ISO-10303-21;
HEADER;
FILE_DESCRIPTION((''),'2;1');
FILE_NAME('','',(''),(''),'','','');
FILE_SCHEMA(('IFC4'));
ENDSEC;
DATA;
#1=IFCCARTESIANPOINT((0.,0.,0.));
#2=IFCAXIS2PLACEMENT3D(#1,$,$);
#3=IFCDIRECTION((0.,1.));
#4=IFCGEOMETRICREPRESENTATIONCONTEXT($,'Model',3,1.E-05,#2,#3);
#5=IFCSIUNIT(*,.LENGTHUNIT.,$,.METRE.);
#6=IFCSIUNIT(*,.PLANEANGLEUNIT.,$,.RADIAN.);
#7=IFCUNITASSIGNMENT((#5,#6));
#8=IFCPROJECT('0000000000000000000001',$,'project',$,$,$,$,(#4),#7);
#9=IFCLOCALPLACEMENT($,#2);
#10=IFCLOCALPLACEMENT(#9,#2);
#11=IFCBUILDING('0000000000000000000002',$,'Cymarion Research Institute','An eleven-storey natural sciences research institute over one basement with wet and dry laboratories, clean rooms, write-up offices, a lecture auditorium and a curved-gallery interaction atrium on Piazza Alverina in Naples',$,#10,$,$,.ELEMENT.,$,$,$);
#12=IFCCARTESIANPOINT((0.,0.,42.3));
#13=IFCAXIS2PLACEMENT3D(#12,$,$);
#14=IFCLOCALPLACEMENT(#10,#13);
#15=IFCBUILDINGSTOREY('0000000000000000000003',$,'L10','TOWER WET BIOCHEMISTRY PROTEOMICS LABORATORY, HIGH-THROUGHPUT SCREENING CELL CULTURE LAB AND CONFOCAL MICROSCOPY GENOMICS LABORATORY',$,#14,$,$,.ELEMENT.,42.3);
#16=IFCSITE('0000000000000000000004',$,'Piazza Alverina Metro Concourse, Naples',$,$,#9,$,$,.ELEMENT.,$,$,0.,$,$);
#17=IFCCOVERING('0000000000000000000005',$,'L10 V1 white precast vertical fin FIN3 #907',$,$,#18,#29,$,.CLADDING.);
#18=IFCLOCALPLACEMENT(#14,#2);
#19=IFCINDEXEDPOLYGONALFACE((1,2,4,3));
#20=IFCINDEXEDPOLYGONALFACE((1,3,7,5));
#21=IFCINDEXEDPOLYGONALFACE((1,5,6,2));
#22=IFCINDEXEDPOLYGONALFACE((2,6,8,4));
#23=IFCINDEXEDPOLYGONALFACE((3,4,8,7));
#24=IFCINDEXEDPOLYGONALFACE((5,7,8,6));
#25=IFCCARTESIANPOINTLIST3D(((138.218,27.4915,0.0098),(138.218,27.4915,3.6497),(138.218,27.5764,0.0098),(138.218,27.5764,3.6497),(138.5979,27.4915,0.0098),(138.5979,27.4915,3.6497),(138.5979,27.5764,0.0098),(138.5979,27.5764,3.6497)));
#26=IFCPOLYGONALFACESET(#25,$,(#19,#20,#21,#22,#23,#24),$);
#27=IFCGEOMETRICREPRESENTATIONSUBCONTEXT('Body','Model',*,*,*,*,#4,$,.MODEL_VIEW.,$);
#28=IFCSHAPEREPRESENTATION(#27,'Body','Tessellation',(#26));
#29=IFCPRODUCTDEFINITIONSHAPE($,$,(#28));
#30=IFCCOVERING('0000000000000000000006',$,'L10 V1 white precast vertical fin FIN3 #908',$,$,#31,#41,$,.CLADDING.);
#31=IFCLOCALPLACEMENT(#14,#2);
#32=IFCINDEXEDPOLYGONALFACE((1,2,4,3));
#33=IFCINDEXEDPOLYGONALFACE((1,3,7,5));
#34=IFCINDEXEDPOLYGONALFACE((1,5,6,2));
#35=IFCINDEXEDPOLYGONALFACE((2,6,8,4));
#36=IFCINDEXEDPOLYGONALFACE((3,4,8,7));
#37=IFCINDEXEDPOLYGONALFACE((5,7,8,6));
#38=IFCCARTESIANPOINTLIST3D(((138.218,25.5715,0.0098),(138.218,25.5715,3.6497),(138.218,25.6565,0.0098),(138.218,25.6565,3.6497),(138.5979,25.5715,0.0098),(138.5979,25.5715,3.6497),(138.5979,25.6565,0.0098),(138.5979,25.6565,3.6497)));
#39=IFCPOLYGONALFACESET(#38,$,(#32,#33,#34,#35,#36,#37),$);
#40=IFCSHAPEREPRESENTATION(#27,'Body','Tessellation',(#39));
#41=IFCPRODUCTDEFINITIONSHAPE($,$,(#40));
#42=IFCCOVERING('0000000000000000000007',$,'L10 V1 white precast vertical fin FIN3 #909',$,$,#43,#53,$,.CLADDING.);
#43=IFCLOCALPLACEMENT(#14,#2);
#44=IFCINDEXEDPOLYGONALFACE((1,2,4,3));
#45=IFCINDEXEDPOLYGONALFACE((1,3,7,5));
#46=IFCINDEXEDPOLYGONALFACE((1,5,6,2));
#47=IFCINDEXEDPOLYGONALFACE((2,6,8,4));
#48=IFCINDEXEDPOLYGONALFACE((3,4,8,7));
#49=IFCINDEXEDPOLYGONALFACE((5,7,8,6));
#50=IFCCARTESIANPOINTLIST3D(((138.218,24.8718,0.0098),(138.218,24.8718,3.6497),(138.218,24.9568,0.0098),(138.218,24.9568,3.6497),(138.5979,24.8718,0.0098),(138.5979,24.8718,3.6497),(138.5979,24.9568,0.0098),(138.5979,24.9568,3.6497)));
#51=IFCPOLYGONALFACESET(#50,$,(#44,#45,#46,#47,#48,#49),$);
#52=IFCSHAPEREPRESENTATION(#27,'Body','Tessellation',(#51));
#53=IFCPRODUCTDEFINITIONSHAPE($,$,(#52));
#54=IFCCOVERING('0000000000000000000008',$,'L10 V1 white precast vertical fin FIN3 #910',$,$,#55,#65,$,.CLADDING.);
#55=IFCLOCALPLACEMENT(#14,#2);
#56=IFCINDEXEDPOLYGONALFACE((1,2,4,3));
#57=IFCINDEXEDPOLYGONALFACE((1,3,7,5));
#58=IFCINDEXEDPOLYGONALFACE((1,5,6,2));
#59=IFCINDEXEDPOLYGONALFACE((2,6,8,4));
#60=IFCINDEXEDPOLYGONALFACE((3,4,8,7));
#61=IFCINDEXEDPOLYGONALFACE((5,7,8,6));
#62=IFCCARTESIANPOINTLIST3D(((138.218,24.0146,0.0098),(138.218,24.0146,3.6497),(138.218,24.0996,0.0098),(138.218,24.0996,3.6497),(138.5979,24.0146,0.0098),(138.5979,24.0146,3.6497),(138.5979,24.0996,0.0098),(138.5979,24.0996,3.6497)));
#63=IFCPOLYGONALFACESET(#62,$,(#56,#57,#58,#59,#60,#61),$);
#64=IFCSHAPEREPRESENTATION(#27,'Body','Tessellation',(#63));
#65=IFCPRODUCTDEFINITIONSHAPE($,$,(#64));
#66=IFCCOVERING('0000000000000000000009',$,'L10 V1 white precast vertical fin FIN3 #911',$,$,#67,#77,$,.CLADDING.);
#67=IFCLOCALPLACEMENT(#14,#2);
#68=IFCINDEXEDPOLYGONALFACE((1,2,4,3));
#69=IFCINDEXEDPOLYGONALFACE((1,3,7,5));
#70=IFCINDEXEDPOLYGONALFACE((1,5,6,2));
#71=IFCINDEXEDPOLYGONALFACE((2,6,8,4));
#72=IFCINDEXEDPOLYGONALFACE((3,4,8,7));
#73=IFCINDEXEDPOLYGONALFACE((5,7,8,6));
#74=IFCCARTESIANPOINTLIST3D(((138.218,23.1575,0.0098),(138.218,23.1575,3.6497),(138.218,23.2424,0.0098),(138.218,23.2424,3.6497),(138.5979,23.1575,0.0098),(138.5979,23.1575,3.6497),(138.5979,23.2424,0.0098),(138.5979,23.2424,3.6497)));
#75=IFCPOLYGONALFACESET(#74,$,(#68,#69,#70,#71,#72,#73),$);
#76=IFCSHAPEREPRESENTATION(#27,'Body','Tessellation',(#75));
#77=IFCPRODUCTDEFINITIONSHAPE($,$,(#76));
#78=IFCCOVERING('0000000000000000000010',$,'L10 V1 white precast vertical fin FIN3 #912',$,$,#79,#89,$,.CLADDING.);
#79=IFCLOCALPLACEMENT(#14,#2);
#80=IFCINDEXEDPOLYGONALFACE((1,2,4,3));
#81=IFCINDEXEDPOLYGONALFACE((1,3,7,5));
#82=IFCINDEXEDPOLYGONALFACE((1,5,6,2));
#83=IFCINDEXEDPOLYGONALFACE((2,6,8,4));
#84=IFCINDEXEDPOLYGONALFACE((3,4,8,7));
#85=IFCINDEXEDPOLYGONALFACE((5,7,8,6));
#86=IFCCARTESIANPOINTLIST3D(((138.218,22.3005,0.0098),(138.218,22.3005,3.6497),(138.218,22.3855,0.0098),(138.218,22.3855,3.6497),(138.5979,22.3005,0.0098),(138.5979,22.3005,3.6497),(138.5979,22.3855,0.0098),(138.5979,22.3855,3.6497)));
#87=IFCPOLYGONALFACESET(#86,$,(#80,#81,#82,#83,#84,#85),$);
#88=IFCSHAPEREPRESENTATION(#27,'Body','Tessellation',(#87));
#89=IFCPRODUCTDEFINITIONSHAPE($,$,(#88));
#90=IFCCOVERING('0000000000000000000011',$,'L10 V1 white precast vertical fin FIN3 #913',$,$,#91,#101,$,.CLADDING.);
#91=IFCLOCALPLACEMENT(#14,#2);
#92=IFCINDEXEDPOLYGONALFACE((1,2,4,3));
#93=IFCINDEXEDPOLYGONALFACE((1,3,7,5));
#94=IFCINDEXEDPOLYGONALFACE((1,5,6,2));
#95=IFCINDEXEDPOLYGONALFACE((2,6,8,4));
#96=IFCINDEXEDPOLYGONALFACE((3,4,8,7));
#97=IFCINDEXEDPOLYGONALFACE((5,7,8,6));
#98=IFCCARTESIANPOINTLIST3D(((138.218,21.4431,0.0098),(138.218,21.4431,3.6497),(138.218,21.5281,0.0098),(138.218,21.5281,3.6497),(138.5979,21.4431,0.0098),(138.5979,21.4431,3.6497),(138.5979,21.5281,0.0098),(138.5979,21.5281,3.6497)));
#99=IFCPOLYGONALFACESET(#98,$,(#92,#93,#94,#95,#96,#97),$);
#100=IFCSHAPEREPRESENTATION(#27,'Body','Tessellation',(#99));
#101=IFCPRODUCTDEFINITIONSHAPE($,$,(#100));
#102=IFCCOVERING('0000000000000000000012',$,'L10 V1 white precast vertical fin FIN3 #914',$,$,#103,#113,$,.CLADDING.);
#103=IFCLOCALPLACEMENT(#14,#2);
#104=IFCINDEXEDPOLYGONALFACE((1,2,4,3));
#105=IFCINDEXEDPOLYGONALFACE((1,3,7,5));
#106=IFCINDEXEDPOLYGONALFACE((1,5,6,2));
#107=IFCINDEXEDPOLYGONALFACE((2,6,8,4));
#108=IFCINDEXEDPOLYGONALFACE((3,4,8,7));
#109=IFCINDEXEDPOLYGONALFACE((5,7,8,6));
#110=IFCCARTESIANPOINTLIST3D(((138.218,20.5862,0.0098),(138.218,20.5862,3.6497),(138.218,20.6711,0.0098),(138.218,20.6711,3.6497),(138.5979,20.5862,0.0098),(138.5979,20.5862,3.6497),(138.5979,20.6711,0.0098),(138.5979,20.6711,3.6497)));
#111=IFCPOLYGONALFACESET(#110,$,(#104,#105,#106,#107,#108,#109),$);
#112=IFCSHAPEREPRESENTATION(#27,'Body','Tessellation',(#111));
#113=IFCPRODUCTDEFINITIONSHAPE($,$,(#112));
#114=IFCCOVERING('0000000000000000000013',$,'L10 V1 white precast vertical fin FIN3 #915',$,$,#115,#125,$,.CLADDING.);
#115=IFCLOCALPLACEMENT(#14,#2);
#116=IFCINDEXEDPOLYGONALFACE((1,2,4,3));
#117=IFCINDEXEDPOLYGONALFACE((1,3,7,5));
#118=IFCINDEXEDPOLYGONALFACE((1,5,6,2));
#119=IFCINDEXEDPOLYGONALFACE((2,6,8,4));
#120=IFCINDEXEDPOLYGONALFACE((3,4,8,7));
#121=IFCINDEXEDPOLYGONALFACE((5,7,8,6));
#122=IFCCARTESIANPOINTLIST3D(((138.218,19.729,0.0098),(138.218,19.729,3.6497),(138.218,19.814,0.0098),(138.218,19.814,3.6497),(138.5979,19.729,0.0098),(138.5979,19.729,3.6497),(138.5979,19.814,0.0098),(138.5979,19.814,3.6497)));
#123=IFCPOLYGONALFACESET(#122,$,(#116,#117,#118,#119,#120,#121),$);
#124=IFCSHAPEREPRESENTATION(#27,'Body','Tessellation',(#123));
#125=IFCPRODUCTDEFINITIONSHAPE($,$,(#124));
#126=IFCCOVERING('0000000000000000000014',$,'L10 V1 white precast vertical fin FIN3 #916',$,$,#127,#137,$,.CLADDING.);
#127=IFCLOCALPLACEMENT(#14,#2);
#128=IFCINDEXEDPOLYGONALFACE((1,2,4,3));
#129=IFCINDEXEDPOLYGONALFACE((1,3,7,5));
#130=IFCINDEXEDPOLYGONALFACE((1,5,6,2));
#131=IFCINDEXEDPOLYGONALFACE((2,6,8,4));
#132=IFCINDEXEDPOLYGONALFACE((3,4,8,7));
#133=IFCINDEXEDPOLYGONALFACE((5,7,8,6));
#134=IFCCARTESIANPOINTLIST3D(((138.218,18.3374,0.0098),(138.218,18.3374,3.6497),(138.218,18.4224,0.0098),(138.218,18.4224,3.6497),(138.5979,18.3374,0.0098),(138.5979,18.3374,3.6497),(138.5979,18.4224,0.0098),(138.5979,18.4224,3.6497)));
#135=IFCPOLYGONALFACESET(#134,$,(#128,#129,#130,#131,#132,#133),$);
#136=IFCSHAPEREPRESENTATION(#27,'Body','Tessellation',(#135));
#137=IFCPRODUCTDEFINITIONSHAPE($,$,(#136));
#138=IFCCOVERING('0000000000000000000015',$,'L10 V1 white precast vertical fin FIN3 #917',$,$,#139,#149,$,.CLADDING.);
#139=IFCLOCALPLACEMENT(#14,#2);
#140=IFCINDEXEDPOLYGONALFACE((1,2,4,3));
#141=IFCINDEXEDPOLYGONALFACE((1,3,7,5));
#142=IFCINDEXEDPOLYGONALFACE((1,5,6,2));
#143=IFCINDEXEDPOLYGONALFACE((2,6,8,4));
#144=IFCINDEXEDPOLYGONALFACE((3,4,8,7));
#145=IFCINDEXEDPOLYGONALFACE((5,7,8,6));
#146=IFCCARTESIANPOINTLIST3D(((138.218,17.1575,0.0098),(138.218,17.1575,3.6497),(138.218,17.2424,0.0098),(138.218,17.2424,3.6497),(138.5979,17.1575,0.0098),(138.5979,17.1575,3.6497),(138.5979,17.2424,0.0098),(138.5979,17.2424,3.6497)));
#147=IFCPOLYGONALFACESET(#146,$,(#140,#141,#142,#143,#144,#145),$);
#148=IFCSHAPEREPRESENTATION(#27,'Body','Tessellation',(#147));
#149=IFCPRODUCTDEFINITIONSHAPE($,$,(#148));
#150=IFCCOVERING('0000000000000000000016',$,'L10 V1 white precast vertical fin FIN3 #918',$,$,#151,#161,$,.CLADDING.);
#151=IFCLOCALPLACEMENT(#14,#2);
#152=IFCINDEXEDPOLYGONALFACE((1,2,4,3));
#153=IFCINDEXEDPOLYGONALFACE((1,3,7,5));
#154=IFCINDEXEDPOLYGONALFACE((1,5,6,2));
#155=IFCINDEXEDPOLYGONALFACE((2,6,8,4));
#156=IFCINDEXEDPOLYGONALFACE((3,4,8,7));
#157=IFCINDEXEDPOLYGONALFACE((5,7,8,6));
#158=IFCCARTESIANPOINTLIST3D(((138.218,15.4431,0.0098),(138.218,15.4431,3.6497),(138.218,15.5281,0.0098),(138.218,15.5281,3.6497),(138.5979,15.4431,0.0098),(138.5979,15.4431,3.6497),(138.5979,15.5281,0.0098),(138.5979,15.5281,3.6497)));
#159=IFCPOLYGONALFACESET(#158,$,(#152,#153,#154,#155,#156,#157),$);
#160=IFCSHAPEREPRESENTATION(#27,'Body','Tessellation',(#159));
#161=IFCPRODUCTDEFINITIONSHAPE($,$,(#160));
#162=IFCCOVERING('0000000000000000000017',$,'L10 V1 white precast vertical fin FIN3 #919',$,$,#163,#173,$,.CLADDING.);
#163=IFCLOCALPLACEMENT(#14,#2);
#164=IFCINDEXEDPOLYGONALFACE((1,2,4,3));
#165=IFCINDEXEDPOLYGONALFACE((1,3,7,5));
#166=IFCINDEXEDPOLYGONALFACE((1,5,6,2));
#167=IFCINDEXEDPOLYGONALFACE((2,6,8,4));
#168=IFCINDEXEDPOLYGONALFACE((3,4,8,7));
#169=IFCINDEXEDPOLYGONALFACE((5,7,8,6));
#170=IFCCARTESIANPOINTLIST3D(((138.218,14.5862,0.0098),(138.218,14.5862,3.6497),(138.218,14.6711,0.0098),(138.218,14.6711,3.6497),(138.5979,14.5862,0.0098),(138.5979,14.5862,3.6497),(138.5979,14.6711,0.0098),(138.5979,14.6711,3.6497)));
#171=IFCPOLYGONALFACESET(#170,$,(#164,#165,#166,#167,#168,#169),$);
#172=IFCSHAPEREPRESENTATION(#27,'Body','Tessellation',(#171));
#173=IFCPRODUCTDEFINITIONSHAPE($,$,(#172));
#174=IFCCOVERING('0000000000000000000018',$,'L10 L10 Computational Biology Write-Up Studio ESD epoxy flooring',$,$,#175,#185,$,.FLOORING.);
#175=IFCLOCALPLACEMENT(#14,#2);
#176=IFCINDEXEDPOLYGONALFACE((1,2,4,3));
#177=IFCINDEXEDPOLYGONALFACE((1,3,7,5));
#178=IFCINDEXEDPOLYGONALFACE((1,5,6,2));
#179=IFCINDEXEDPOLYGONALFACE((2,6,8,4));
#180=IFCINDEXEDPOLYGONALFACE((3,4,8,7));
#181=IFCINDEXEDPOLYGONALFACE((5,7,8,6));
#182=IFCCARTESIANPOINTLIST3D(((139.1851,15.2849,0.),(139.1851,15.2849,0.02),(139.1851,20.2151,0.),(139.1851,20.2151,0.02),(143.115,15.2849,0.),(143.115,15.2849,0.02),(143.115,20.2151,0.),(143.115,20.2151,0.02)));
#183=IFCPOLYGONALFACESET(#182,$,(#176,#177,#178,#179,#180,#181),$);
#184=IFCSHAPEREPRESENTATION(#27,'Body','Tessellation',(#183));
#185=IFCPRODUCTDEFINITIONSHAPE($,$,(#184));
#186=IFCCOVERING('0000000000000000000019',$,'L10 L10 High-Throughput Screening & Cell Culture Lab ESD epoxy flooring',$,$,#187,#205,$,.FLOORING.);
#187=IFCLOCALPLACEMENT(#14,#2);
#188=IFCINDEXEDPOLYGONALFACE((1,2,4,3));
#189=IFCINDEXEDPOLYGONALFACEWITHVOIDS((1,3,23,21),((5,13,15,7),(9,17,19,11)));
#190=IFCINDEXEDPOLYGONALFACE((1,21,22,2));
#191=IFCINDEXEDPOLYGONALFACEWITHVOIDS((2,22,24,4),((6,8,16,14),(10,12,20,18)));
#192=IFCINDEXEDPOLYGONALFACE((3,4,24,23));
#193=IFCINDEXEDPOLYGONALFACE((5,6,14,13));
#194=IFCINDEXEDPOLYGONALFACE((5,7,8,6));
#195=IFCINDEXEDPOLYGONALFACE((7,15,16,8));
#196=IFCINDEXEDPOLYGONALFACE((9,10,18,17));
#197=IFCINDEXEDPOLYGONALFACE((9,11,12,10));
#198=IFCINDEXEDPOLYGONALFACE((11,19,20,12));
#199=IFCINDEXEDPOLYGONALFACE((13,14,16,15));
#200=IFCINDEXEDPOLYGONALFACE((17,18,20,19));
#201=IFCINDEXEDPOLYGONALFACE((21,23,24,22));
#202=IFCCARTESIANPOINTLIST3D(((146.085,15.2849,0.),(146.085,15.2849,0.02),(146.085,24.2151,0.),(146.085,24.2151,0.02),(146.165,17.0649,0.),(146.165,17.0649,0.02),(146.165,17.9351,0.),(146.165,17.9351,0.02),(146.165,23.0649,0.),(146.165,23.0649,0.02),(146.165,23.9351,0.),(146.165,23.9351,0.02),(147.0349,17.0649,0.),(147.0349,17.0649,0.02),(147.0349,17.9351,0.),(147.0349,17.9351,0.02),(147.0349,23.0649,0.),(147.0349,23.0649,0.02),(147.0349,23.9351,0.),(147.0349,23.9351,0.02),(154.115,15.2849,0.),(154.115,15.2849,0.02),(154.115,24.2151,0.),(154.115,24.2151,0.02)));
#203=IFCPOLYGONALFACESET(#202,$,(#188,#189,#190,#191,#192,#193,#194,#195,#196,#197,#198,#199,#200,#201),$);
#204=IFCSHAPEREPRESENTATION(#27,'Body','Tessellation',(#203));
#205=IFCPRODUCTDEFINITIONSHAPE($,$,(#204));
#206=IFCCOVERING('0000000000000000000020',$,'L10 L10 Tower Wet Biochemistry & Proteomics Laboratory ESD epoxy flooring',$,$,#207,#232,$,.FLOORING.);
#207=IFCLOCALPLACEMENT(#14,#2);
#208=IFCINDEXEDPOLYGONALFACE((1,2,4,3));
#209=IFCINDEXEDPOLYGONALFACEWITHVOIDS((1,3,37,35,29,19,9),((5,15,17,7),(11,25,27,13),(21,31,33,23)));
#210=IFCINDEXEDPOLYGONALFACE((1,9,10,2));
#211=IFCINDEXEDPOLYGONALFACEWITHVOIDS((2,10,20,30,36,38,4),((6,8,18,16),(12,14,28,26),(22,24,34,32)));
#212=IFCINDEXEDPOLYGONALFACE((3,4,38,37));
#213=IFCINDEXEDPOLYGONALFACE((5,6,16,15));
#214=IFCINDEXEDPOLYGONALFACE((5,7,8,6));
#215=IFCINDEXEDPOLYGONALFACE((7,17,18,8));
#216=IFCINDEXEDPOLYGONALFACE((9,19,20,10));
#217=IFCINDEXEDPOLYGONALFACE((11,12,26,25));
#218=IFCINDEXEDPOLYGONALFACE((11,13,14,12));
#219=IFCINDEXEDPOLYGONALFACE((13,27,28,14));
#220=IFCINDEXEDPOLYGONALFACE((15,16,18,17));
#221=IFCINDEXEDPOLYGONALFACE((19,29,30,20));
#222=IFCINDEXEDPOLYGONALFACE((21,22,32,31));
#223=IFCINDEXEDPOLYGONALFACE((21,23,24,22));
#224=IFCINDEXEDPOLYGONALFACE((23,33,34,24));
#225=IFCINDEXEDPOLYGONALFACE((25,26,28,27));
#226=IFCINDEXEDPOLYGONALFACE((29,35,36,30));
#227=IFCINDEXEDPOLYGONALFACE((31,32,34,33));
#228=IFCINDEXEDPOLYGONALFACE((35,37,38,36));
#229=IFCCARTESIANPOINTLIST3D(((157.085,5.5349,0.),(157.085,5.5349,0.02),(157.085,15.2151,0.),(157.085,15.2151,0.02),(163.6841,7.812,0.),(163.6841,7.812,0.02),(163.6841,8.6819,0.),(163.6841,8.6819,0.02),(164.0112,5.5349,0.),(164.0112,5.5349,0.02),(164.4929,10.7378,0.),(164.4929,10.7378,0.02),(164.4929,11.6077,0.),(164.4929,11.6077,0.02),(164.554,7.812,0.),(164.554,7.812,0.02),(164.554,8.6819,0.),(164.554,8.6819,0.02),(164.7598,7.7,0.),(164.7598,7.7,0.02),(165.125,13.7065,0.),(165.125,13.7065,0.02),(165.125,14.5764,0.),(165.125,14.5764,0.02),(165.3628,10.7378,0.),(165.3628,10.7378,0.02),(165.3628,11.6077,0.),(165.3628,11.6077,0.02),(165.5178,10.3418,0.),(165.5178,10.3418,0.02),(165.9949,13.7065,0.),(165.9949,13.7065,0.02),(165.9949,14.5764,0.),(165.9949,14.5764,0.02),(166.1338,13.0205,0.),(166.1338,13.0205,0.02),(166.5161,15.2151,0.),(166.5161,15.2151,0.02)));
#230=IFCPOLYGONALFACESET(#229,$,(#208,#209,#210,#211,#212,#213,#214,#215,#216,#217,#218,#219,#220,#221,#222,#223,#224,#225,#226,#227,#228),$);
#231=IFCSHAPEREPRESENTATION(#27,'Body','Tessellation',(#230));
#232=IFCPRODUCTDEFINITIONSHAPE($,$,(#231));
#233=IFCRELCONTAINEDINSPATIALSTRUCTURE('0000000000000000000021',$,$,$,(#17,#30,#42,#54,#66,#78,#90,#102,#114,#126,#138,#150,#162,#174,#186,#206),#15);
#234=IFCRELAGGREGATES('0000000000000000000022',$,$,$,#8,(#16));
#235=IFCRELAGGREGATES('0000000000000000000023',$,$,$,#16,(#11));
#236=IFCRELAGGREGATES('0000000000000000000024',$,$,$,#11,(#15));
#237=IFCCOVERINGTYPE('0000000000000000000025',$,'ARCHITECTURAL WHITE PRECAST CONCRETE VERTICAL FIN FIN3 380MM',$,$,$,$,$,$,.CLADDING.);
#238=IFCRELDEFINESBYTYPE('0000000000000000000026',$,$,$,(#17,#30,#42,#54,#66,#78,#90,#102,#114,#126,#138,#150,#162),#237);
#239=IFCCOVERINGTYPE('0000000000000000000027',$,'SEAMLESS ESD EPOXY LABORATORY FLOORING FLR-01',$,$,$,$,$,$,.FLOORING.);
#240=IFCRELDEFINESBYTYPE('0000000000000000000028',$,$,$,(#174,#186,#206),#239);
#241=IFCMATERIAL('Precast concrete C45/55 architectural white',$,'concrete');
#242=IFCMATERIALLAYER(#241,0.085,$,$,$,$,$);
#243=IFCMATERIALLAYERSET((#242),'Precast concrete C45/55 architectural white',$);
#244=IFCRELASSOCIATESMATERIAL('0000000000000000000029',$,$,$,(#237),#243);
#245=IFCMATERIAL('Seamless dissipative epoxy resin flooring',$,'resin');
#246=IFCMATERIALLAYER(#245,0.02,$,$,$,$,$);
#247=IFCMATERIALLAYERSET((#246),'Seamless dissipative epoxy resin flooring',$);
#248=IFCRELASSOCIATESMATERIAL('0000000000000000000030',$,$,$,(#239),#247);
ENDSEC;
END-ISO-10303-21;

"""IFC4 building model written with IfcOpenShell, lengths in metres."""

from ifc_helpers import new_model, si_unit, direction, frame, origin, origin_2d, place, context, subcontext, project, spatial, polyline, rectangle, outline, extrude, material, layer, layer_set, type_object, element, save


model = new_model("IFC4")

# Units and contexts
model_context = context("Model", 3, precision=1e-05, world=origin(), true_north=direction((0.0, 1.0)))
body_context = subcontext(model_context, "Body", "Model", "MODEL_VIEW")
ifc_project = project(units=[si_unit("LENGTHUNIT", "METRE"), si_unit("PLANEANGLEUNIT", "RADIAN")], contexts=[model_context])

# Site, building, storey
site_placement = place(None, origin())
site = spatial("IfcSite", under=ifc_project, at=site_placement, Name="Piazza Alverina Metro Concourse, Naples", CompositionType="ELEMENT", RefElevation=0.0)
building_placement = place(site_placement, origin())
building = spatial("IfcBuilding", under=site, at=building_placement, Name="Cymarion Research Institute", Description="An eleven-storey natural sciences research institute over one basement with wet and dry laboratories, clean rooms, write-up offices, a lecture auditorium and a curved-gallery interaction atrium on Piazza Alverina in Naples", CompositionType="ELEMENT")
storey_placement = place(building_placement, frame((0.0, 0.0, 42.3)))
storey = spatial("IfcBuildingStorey", under=building, at=storey_placement, Name="L10", Description="TOWER WET BIOCHEMISTRY PROTEOMICS LABORATORY, HIGH-THROUGHPUT SCREENING CELL CULTURE LAB AND CONFOCAL MICROSCOPY GENOMICS LABORATORY", CompositionType="ELEMENT", Elevation=42.3)

# Coverings
ifc_material_1 = material(Name="Precast concrete C45/55 architectural white", Category="concrete")
ifc_layer_1 = layer(ifc_material_1, 0.085)
ifc_layer_set_1 = layer_set([ifc_layer_1], Name="Precast concrete C45/55 architectural white")
covering_type_1 = type_object("IfcCoveringType", Name="ARCHITECTURAL WHITE PRECAST CONCRETE VERTICAL FIN FIN3 380MM", PredefinedType="CLADDING", material=ifc_layer_set_1)
for number, where, z_axis, x_axis, name in (
    (1, (138.408, 27.5339, 0.0098), (0.0, 0.0, 1.0), (-1.0, 0.0, 0.0), "L10 V1 white precast vertical fin FIN3 #907"),
    (2, (138.408, 25.614, 0.0098), (0.0, 0.0, 1.0), (-1.0, 0.0, 0.0), "L10 V1 white precast vertical fin FIN3 #908"),
    (3, (138.408, 24.9143, 0.0098), (0.0, 0.0, 1.0), (-1.0, 0.0, 0.0), "L10 V1 white precast vertical fin FIN3 #909"),
    (4, (138.408, 24.0571, 0.0098), (0.0, 0.0, 1.0), (-1.0, 0.0, 0.0), "L10 V1 white precast vertical fin FIN3 #910"),
    (5, (138.408, 23.2, 0.0098), (0.0, 0.0, 1.0), (-1.0, 0.0, 0.0), "L10 V1 white precast vertical fin FIN3 #911"),
    (6, (138.408, 22.343, 0.0098), (0.0, 0.0, 1.0), (-1.0, 0.0, 0.0), "L10 V1 white precast vertical fin FIN3 #912"),
    (7, (138.408, 21.4856, 0.0098), (0.0, 0.0, 1.0), (-1.0, 0.0, 0.0), "L10 V1 white precast vertical fin FIN3 #913"),
    (8, (138.408, 20.6287, 0.0098), (0.0, 0.0, 1.0), (-1.0, 0.0, 0.0), "L10 V1 white precast vertical fin FIN3 #914"),
    (9, (138.408, 19.7715, 0.0098), (0.0, 0.0, 1.0), (-1.0, 0.0, 0.0), "L10 V1 white precast vertical fin FIN3 #915"),
    (10, (138.408, 18.3799, 0.0098), (0.0, 0.0, 1.0), (-1.0, 0.0, 0.0), "L10 V1 white precast vertical fin FIN3 #916"),
    (11, (138.408, 17.2, 0.0098), (0.0, 0.0, 1.0), (-1.0, 0.0, 0.0), "L10 V1 white precast vertical fin FIN3 #917"),
    (12, (138.408, 15.4856, 0.0098), (0.0, 0.0, 1.0), (-1.0, 0.0, 0.0), "L10 V1 white precast vertical fin FIN3 #918"),
    (13, (138.408, 14.6287, 0.0098), (0.0, 0.0, 1.0), (-1.0, 0.0, 0.0), "L10 V1 white precast vertical fin FIN3 #919"),
):
    element("IfcCovering", number, at=place(storey_placement, frame(where, z_axis=z_axis, x_axis=x_axis)), inside=storey, type_object=covering_type_1, Name=name, PredefinedType="CLADDING", context=body_context, shape_type="SweptSolid", body=[
        extrude(rectangle(XDim=0.3799, YDim=0.085, at=origin_2d()), origin(), (0.0, 0.0, 1.0), 3.6399),
    ])
ifc_material_2 = material(Name="Seamless dissipative epoxy resin flooring", Category="resin")
ifc_layer_2 = layer(ifc_material_2, 0.02)
ifc_layer_set_2 = layer_set([ifc_layer_2], Name="Seamless dissipative epoxy resin flooring")
covering_type_2 = type_object("IfcCoveringType", Name="SEAMLESS ESD EPOXY LABORATORY FLOORING FLR-01", PredefinedType="FLOORING", material=ifc_layer_set_2)
covering_1_placement = place(storey_placement, origin())
element("IfcCovering", 14, at=covering_1_placement, inside=storey, type_object=covering_type_2, Name="L10 L10 Computational Biology Write-Up Studio ESD epoxy flooring", PredefinedType="FLOORING", context=body_context, shape_type="SweptSolid", body=[
    extrude(outline(polyline([(139.1851, 20.2151), (143.115, 20.2151), (143.115, 15.2849), (139.1851, 15.2849), (139.1851, 20.2151)])), origin(), (0.0, 0.0, 1.0), 0.02),
])
covering_2_placement = place(storey_placement, origin())
element("IfcCovering", 15, at=covering_2_placement, inside=storey, type_object=covering_type_2, Name="L10 L10 High-Throughput Screening & Cell Culture Lab ESD epoxy flooring", PredefinedType="FLOORING", context=body_context, shape_type="SweptSolid", body=[
    extrude(outline(polyline([(146.085, 24.2151), (154.115, 24.2151), (154.115, 15.2849), (146.085, 15.2849), (146.085, 24.2151)]), holes=[polyline([(147.0349, 17.0649), (147.0349, 17.9351), (146.165, 17.9351), (146.165, 17.0649), (147.0349, 17.0649)]), polyline([(147.0349, 23.0649), (147.0349, 23.9351), (146.165, 23.9351), (146.165, 23.0649), (147.0349, 23.0649)])]), origin(), (0.0, 0.0, 1.0), 0.02),
])
covering_3_placement = place(storey_placement, origin())
element("IfcCovering", 16, at=covering_3_placement, inside=storey, type_object=covering_type_2, Name="L10 L10 Tower Wet Biochemistry & Proteomics Laboratory ESD epoxy flooring", PredefinedType="FLOORING", context=body_context, shape_type="SweptSolid", body=[
    extrude(outline(polyline([(157.085, 15.2151), (166.5161, 15.2151), (166.1338, 13.0205), (165.5178, 10.3418), (164.7598, 7.7), (164.0112, 5.5349), (157.085, 5.5349), (157.085, 15.2151)]), holes=[polyline([(165.9949, 13.7065), (165.9949, 14.5764), (165.125, 14.5764), (165.125, 13.7065), (165.9949, 13.7065)]), polyline([(165.3628, 10.7378), (165.3628, 11.6077), (164.4929, 11.6077), (164.4929, 10.7378), (165.3628, 10.7378)]), polyline([(164.554, 7.812), (164.554, 8.6819), (163.6841, 8.6819), (163.6841, 7.812), (164.554, 7.812)])]), origin(), (0.0, 0.0, 1.0), 0.02),
])

save(model, "model.ifc")
